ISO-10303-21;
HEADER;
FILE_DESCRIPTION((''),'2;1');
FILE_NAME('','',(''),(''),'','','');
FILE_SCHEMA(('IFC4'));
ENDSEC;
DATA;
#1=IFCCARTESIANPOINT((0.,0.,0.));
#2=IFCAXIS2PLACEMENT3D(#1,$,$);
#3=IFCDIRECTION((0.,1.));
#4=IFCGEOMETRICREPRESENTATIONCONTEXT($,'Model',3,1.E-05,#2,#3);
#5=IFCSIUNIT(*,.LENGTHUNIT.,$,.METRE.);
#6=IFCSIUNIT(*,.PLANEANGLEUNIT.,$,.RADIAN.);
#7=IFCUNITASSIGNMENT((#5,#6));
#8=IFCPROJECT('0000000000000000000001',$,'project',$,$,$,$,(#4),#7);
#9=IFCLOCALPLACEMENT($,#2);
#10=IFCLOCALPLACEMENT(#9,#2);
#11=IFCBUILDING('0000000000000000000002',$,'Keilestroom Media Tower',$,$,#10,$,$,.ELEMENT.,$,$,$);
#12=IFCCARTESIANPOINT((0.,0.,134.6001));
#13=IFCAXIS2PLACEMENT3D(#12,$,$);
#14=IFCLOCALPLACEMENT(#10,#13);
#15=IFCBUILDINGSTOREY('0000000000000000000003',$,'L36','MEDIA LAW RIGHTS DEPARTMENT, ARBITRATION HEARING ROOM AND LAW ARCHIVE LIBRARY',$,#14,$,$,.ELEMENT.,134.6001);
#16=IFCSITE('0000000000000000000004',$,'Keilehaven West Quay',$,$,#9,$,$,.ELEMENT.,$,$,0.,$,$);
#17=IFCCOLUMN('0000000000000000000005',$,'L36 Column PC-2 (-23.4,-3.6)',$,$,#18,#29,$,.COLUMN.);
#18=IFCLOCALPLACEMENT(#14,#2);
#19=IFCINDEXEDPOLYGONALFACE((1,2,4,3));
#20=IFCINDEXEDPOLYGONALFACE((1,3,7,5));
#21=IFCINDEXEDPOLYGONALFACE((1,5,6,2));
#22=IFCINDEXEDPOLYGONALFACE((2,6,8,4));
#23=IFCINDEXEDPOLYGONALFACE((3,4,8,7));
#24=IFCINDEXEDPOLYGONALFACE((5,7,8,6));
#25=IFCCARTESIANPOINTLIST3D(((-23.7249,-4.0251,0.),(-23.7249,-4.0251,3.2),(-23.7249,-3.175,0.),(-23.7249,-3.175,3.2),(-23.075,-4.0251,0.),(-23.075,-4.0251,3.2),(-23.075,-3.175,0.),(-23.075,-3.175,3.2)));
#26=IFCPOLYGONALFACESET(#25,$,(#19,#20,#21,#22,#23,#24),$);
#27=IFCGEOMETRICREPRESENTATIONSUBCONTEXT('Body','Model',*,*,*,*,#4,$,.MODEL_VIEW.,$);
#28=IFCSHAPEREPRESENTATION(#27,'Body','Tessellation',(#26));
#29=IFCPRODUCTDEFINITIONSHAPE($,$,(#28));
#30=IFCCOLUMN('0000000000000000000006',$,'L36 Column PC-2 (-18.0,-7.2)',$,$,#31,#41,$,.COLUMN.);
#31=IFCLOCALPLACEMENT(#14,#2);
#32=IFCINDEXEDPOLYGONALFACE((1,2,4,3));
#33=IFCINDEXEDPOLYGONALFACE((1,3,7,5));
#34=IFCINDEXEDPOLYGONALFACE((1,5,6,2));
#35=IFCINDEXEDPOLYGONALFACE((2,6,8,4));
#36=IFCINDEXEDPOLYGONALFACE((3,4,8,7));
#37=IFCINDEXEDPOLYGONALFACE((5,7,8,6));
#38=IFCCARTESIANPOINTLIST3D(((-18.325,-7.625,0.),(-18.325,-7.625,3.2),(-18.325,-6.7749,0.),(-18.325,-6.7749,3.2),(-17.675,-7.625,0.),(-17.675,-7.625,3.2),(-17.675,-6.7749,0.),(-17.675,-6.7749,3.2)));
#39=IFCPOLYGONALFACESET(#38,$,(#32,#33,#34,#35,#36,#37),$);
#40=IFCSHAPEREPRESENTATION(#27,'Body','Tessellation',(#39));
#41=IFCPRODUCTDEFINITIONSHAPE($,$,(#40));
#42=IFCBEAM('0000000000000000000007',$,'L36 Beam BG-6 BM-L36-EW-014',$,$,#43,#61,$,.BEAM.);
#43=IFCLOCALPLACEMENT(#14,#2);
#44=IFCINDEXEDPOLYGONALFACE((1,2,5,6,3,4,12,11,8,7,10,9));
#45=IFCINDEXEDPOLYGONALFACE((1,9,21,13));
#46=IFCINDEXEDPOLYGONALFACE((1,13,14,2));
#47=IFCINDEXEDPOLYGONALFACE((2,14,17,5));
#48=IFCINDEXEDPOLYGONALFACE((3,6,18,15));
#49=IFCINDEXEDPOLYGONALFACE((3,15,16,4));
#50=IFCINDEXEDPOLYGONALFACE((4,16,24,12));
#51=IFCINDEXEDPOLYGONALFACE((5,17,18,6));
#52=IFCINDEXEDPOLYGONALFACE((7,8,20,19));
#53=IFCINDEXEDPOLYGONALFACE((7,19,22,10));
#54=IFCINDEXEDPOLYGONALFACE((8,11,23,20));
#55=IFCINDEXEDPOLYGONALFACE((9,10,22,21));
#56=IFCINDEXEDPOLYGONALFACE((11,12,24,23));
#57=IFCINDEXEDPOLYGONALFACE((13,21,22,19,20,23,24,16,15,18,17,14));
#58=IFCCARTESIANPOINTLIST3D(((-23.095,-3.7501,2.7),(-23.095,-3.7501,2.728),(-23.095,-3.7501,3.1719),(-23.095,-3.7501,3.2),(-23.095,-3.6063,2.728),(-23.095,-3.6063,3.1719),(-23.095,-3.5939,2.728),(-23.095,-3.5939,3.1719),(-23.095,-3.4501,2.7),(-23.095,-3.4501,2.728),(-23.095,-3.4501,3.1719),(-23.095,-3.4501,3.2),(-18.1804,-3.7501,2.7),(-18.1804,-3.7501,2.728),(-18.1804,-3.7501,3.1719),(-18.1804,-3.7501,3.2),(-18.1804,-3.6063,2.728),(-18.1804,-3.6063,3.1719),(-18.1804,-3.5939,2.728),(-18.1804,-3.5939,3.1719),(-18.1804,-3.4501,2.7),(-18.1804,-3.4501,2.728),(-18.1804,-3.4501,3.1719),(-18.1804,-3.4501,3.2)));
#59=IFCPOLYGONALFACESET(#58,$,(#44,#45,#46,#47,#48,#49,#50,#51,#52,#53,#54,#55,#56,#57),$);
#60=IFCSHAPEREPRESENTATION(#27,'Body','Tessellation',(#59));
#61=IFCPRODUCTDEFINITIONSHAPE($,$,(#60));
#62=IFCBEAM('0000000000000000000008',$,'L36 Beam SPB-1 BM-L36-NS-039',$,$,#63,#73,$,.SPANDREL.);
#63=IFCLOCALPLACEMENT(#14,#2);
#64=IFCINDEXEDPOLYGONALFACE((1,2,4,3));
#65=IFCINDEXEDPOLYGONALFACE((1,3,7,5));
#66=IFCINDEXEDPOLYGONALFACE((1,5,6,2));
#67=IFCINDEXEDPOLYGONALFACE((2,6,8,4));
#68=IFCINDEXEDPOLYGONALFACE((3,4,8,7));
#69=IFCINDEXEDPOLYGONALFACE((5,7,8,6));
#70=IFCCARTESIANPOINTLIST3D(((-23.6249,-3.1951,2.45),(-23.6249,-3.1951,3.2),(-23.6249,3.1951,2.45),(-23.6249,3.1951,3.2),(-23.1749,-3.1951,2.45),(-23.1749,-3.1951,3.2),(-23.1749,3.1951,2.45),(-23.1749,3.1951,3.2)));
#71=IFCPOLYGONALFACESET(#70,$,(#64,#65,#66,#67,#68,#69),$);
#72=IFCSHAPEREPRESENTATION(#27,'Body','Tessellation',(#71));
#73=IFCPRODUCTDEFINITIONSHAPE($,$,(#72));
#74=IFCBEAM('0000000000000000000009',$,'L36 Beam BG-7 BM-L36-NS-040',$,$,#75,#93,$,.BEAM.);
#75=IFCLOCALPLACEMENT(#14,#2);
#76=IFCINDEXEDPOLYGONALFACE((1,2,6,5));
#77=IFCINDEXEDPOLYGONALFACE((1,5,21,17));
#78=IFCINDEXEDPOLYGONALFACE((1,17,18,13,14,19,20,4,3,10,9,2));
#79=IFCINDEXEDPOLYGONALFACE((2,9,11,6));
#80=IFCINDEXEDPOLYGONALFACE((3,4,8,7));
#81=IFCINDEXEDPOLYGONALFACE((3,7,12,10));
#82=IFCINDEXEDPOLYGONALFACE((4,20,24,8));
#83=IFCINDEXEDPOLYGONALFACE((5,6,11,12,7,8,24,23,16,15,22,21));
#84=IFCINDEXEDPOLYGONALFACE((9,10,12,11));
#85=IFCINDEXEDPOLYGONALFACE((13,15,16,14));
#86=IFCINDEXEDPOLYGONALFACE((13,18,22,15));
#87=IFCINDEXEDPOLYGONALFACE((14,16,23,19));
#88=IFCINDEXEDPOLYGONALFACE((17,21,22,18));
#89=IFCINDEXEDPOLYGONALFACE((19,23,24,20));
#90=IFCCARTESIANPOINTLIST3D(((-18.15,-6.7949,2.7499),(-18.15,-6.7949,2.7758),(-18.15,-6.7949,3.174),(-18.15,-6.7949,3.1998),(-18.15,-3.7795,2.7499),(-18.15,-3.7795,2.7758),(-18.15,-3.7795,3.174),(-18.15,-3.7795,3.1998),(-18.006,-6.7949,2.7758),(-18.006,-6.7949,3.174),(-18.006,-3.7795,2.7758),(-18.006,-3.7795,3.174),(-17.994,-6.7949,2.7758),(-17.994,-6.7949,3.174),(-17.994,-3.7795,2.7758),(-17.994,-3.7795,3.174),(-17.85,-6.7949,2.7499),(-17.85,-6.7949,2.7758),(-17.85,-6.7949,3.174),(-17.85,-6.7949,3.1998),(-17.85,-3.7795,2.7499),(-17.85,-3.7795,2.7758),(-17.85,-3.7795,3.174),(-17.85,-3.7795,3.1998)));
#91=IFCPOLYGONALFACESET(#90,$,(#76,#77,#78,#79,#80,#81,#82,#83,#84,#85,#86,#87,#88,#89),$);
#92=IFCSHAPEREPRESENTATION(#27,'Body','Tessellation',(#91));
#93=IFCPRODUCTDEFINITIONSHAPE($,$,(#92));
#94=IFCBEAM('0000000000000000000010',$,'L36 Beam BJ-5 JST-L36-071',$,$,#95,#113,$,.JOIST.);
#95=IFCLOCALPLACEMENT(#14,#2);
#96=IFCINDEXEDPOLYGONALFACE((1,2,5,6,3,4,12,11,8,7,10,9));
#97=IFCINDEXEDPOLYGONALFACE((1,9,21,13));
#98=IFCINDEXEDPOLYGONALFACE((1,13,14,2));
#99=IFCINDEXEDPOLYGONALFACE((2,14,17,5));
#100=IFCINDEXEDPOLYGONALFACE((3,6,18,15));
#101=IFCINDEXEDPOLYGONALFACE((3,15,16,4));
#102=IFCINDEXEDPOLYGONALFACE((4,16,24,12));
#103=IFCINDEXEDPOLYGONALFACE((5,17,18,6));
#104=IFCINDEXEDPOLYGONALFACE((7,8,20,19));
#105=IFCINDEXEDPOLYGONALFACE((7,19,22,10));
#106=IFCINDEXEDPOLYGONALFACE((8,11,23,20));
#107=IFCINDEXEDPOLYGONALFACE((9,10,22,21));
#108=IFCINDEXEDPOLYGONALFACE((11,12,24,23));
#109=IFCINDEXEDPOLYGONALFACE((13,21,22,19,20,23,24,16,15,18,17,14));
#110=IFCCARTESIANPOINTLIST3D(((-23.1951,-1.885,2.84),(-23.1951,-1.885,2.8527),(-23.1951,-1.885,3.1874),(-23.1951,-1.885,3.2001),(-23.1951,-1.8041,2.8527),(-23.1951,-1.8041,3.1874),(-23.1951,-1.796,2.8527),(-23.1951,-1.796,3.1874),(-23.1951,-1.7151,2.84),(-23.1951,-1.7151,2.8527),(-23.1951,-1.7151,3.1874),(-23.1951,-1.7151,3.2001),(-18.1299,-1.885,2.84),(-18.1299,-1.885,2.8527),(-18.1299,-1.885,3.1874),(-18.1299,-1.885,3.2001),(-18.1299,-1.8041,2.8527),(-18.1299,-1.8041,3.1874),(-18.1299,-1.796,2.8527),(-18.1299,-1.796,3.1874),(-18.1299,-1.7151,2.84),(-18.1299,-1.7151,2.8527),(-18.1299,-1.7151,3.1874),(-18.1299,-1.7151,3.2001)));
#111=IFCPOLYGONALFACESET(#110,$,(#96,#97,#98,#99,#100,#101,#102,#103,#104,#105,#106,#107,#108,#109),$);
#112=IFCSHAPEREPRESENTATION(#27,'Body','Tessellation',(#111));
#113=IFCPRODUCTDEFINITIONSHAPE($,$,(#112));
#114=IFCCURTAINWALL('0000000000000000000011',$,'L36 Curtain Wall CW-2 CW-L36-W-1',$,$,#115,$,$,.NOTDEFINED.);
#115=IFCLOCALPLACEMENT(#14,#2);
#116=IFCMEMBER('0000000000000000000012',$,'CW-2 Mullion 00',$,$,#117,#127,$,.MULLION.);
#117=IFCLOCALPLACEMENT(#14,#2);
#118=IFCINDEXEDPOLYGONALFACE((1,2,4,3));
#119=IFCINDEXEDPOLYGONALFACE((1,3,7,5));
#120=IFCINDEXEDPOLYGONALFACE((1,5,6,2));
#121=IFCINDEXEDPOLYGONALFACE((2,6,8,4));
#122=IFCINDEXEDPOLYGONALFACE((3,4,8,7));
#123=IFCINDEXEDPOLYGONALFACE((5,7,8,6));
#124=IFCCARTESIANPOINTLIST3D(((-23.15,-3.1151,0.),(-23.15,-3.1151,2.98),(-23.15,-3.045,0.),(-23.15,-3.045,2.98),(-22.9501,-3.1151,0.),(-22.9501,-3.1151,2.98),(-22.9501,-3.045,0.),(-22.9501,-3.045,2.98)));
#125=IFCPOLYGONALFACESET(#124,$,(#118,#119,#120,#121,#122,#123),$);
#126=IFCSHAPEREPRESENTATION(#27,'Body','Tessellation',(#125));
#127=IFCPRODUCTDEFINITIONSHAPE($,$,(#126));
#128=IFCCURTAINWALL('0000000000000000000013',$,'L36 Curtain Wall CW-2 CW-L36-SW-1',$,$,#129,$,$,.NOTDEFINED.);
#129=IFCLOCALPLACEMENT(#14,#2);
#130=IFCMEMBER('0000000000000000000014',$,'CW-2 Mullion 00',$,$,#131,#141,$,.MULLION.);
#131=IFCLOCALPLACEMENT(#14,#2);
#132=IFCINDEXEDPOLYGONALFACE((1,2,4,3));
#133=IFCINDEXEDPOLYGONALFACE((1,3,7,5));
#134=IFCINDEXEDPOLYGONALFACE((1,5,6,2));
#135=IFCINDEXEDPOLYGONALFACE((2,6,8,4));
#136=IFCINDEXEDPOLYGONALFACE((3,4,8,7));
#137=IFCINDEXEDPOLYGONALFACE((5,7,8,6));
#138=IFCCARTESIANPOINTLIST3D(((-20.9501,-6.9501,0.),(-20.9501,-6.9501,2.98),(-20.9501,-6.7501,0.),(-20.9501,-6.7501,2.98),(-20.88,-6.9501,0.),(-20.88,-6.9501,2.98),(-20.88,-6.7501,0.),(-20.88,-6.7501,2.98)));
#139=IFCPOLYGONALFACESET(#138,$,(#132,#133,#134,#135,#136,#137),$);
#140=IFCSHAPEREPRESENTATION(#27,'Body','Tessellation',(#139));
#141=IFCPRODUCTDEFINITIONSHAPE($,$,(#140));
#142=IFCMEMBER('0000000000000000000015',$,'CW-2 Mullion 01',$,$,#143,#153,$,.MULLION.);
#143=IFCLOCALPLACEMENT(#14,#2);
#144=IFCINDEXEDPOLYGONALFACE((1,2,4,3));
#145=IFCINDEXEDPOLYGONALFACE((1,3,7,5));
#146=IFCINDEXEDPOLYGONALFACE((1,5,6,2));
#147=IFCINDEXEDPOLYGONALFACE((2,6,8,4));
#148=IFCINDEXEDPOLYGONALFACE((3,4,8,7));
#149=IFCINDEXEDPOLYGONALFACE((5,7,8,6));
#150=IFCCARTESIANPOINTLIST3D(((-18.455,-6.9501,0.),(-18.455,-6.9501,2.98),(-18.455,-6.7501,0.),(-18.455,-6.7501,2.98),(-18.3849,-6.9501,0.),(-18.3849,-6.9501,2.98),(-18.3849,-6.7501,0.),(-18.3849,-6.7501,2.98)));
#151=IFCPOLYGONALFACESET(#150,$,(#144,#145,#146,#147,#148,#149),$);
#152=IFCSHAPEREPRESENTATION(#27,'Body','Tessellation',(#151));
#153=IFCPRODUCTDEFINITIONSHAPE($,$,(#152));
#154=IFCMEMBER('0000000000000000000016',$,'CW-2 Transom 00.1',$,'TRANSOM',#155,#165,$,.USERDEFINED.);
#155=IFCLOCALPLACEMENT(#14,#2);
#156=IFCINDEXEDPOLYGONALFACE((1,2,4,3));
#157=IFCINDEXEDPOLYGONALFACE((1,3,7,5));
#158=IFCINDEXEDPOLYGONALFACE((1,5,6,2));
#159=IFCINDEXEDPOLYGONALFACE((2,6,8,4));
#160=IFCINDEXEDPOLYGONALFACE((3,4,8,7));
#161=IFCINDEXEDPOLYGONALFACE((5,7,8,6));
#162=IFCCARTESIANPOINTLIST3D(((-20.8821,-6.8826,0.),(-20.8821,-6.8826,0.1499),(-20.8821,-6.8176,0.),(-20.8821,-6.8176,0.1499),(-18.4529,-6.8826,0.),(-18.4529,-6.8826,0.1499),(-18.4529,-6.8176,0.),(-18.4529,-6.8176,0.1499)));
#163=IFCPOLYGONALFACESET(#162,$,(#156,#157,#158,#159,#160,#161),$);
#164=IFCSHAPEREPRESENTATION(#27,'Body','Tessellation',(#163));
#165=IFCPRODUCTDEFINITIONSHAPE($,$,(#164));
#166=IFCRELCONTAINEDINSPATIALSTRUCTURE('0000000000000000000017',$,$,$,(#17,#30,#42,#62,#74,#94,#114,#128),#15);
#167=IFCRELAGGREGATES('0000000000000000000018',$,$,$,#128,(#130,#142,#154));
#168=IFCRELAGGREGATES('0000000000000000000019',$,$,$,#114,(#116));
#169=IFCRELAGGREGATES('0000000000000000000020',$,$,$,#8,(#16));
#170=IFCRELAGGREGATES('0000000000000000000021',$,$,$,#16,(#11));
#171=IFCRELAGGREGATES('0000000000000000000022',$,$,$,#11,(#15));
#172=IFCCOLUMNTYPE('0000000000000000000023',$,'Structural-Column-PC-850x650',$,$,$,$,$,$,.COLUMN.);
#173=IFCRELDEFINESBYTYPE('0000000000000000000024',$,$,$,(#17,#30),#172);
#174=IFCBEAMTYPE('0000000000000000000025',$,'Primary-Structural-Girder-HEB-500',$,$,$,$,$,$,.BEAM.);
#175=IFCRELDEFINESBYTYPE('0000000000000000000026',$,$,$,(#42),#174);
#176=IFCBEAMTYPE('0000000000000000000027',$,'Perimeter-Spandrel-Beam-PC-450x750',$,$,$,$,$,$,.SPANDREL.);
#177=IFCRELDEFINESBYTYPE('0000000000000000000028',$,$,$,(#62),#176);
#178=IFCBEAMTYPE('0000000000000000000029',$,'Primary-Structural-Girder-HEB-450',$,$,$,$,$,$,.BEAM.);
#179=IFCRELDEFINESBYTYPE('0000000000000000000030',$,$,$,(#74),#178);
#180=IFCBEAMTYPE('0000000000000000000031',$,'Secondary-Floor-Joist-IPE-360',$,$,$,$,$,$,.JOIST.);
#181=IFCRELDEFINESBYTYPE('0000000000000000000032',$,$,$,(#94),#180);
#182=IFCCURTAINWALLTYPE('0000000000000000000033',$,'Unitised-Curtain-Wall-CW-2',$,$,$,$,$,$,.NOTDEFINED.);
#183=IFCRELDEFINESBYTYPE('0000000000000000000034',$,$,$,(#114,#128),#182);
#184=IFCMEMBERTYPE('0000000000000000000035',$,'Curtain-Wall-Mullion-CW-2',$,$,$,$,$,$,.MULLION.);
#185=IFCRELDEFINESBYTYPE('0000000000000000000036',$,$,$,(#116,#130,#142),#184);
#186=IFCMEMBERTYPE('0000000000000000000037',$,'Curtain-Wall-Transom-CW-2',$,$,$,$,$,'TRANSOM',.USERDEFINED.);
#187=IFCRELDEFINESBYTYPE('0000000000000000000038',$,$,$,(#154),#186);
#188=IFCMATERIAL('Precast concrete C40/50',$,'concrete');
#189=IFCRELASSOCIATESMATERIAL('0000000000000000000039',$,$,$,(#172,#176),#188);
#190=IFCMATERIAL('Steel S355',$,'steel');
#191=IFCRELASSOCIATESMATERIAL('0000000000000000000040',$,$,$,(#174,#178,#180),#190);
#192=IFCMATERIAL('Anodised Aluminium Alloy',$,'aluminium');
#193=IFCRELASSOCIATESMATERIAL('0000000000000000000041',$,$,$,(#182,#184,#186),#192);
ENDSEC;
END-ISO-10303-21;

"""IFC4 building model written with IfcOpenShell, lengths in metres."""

from ifc_helpers import new_model, si_unit, direction, frame, origin, origin_2d, place, context, subcontext, project, spatial, rectangle, i_section, extrude, source, transform, mapped, material, material_profile, profile_set, type_object, element, aggregate, save


model = new_model("IFC4")

# Units and contexts
model_context = context("Model", 3, precision=1e-05, world=origin(), true_north=direction((0.0, 1.0)))
body_context = subcontext(model_context, "Body", "Model", "MODEL_VIEW")
ifc_project = project(units=[si_unit("LENGTHUNIT", "METRE"), si_unit("PLANEANGLEUNIT", "RADIAN")], contexts=[model_context])

# Site, building, storey
site_placement = place(None, origin())
site = spatial("IfcSite", under=ifc_project, at=site_placement, Name="Keilehaven West Quay", CompositionType="ELEMENT", RefElevation=0.0)
building_placement = place(site_placement, origin())
building = spatial("IfcBuilding", under=site, at=building_placement, Name="Keilestroom Media Tower", CompositionType="ELEMENT")
storey_placement = place(building_placement, frame((0.0, 0.0, 134.6001)))
storey = spatial("IfcBuildingStorey", under=building, at=storey_placement, Name="L36", Description="MEDIA LAW RIGHTS DEPARTMENT, ARBITRATION HEARING ROOM AND LAW ARCHIVE LIBRARY", CompositionType="ELEMENT", Elevation=134.6001)

# Columns
ifc_material_1 = material(Name="Precast concrete C40/50", Category="concrete")
ifc_material_profile_1 = material_profile(ifc_material_1, rectangle(XDim=0.6499, YDim=0.8501, at=origin_2d()), Name="PC 850x650")
ifc_profile_set_1 = profile_set([ifc_material_profile_1], Name="Precast concrete C40/50")
column_type = type_object("IfcColumnType", Name="Structural-Column-PC-850x650", PredefinedType="COLUMN", material=ifc_profile_set_1)
shared_shape_1 = source(origin(), body_context, "Body", "SweptSolid", [
    extrude(rectangle(XDim=0.6499, YDim=0.8501, at=origin_2d()), origin(), (0.0, 0.0, 1.0), 3.2),
])
for number, where, z_axis, x_axis, name in (
    (1, (-23.3999, -3.6001, 0.0), (0.0, 0.0, 1.0), (1.0, 0.0, 0.0), "L36 Column PC-2 (-23.4,-3.6)"),
    (2, (-18.0, -7.2, 0.0), (0.0, 0.0, 1.0), (1.0, 0.0, 0.0), "L36 Column PC-2 (-18.0,-7.2)"),
):
    element("IfcColumn", number, at=place(storey_placement, frame(where, z_axis=z_axis, x_axis=x_axis)), inside=storey, type_object=column_type, Name=name, PredefinedType="COLUMN", context=body_context, shape_type="MappedRepresentation", body=[
        mapped(shared_shape_1, transform((0.0, 0.0, 0.0), x_axis=(1.0, 0.0, 0.0), y_axis=(0.0, 1.0, 0.0), z_axis=(0.0, 0.0, 1.0), scale=1.0)),
    ])

# Beams
ifc_material_2 = material(Name="Steel S355", Category="steel")
ifc_material_profile_2 = material_profile(ifc_material_2, i_section(OverallWidth=0.3, OverallDepth=0.5, WebThickness=0.0125, FlangeThickness=0.0281, at=origin_2d()), Name="HEB 500")
ifc_profile_set_2 = profile_set([ifc_material_profile_2], Name="Steel S355")
beam_type_1 = type_object("IfcBeamType", Name="Primary-Structural-Girder-HEB-500", PredefinedType="BEAM", material=ifc_profile_set_2)
shared_shape_2 = source(origin(), body_context, "Body", "SweptSolid", [
    extrude(i_section(OverallWidth=0.3, OverallDepth=0.5, WebThickness=0.0125, FlangeThickness=0.0281, at=origin_2d()), origin(), (0.0, 0.0, 1.0), 4.9146),
])
beam_1_placement = place(storey_placement, frame((-23.095, -3.6001, 2.95), z_axis=(1.0, 0.0, 0.0), x_axis=(0.0, 1.0, 0.0)))
element("IfcBeam", 3, at=beam_1_placement, inside=storey, type_object=beam_type_1, Name="L36 Beam BG-6 BM-L36-EW-014", PredefinedType="BEAM", context=body_context, shape_type="MappedRepresentation", body=[
    mapped(shared_shape_2, transform((0.0, 0.0, 0.0), x_axis=(1.0, 0.0, 0.0), y_axis=(0.0, 1.0, 0.0), z_axis=(0.0, 0.0, 1.0), scale=1.0)),
])
ifc_material_profile_3 = material_profile(ifc_material_1, rectangle(XDim=0.45, YDim=0.75, at=origin_2d()), Name="PC 450x750")
ifc_profile_set_3 = profile_set([ifc_material_profile_3], Name="Precast concrete C40/50")
beam_type_2 = type_object("IfcBeamType", Name="Perimeter-Spandrel-Beam-PC-450x750", PredefinedType="SPANDREL", material=ifc_profile_set_3)
shared_shape_3 = source(origin(), body_context, "Body", "SweptSolid", [
    extrude(rectangle(XDim=0.45, YDim=0.75, at=origin_2d()), origin(), (0.0, 0.0, 1.0), 6.3901),
])
beam_2_placement = place(storey_placement, frame((-23.3999, -3.1951, 2.825), z_axis=(0.0, 1.0, 0.0), x_axis=(-1.0, 0.0, 0.0)))
element("IfcBeam", 4, at=beam_2_placement, inside=storey, type_object=beam_type_2, Name="L36 Beam SPB-1 BM-L36-NS-039", PredefinedType="SPANDREL", context=body_context, shape_type="MappedRepresentation", body=[
    mapped(shared_shape_3, transform((0.0, 0.0, 0.0), x_axis=(1.0, 0.0, 0.0), y_axis=(0.0, 1.0, 0.0), z_axis=(0.0, 0.0, 1.0), scale=1.0)),
])
ifc_material_profile_4 = material_profile(ifc_material_2, i_section(OverallWidth=0.3, OverallDepth=0.45, WebThickness=0.012, FlangeThickness=0.0259, at=origin_2d()), Name="HEB 450")
ifc_profile_set_4 = profile_set([ifc_material_profile_4], Name="Steel S355")
beam_type_3 = type_object("IfcBeamType", Name="Primary-Structural-Girder-HEB-450", PredefinedType="BEAM", material=ifc_profile_set_4)
shared_shape_4 = source(origin(), body_context, "Body", "SweptSolid", [
    extrude(i_section(OverallWidth=0.3, OverallDepth=0.45, WebThickness=0.012, FlangeThickness=0.0259, at=origin_2d()), origin(), (0.0, 0.0, 1.0), 3.0154),
])
beam_3_placement = place(storey_placement, frame((-18.0, -6.7949, 2.9749), z_axis=(0.0, 1.0, 0.0), x_axis=(-1.0, 0.0, 0.0)))
element("IfcBeam", 5, at=beam_3_placement, inside=storey, type_object=beam_type_3, Name="L36 Beam BG-7 BM-L36-NS-040", PredefinedType="BEAM", context=body_context, shape_type="MappedRepresentation", body=[
    mapped(shared_shape_4, transform((0.0, 0.0, 0.0), x_axis=(1.0, 0.0, 0.0), y_axis=(0.0, 1.0, 0.0), z_axis=(0.0, 0.0, 1.0), scale=1.0)),
])
ifc_material_profile_5 = material_profile(ifc_material_2, i_section(OverallWidth=0.1699, OverallDepth=0.3601, WebThickness=0.0081, FlangeThickness=0.0127, at=origin_2d()), Name="IPE 360")
ifc_profile_set_5 = profile_set([ifc_material_profile_5], Name="Steel S355")
beam_type_4 = type_object("IfcBeamType", Name="Secondary-Floor-Joist-IPE-360", PredefinedType="JOIST", material=ifc_profile_set_5)
shared_shape_5 = source(origin(), body_context, "Body", "SweptSolid", [
    extrude(i_section(OverallWidth=0.1699, OverallDepth=0.3601, WebThickness=0.0081, FlangeThickness=0.0127, at=origin_2d()), origin(), (0.0, 0.0, 1.0), 5.0652),
])
beam_4_placement = place(storey_placement, frame((-23.1951, -1.8, 3.02), z_axis=(1.0, 0.0, 0.0), x_axis=(0.0, 1.0, 0.0)))
element("IfcBeam", 6, at=beam_4_placement, inside=storey, type_object=beam_type_4, Name="L36 Beam BJ-5 JST-L36-071", PredefinedType="JOIST", context=body_context, shape_type="MappedRepresentation", body=[
    mapped(shared_shape_5, transform((0.0, 0.0, 0.0), x_axis=(1.0, 0.0, 0.0), y_axis=(0.0, 1.0, 0.0), z_axis=(0.0, 0.0, 1.0), scale=1.0)),
])

# Curtain wall, member
ifc_material_3 = material(Name="Anodised Aluminium Alloy", Category="aluminium")
curtain_wall_type = type_object("IfcCurtainWallType", Name="Unitised-Curtain-Wall-CW-2", PredefinedType="NOTDEFINED", material=ifc_material_3)
curtain_wall_1_placement = place(storey_placement, origin())
curtain_wall_1 = element("IfcCurtainWall", 7, at=curtain_wall_1_placement, inside=storey, type_object=curtain_wall_type, Name="L36 Curtain Wall CW-2 CW-L36-W-1", PredefinedType="NOTDEFINED")
ifc_material_profile_6 = material_profile(ifc_material_3, rectangle(XDim=0.0701, YDim=0.2, at=origin_2d()), Name="ALU MULLION 70x200")
ifc_profile_set_6 = profile_set([ifc_material_profile_6], Name="Anodised Aluminium Alloy")
member_type_1 = type_object("IfcMemberType", Name="Curtain-Wall-Mullion-CW-2", PredefinedType="MULLION", material=ifc_profile_set_6)
shared_shape_6 = source(origin(), body_context, "Body", "SweptSolid", [
    extrude(rectangle(XDim=0.0701, YDim=0.2, at=origin_2d()), origin(), (0.0, 0.0, 1.0), 2.98),
])
member_1_placement = place(storey_placement, frame((-23.05, -3.0801, 0.0), z_axis=(0.0, 0.0, 1.0), x_axis=(0.0, 1.0, 0.0)))
member_1 = element("IfcMember", 8, at=member_1_placement, type_object=member_type_1, Name="CW-2 Mullion 00", PredefinedType="MULLION", context=body_context, shape_type="MappedRepresentation", body=[
    mapped(shared_shape_6, transform((0.0, 0.0, 0.0), x_axis=(1.0, 0.0, 0.0), y_axis=(0.0, 1.0, 0.0), z_axis=(0.0, 0.0, 1.0), scale=1.0)),
])

# Curtain wall, members
curtain_wall_2_placement = place(storey_placement, origin())
curtain_wall_2 = element("IfcCurtainWall", 9, at=curtain_wall_2_placement, inside=storey, type_object=curtain_wall_type, Name="L36 Curtain Wall CW-2 CW-L36-SW-1", PredefinedType="NOTDEFINED")
member_2_placement = place(storey_placement, frame((-20.915, -6.8501, 0.0), z_axis=(0.0, 0.0, 1.0), x_axis=(1.0, 0.0, 0.0)))
member_2 = element("IfcMember", 10, at=member_2_placement, type_object=member_type_1, Name="CW-2 Mullion 00", PredefinedType="MULLION", context=body_context, shape_type="MappedRepresentation", body=[
    mapped(shared_shape_6, transform((0.0, 0.0, 0.0), x_axis=(1.0, 0.0, 0.0), y_axis=(0.0, 1.0, 0.0), z_axis=(0.0, 0.0, 1.0), scale=1.0)),
])
member_3_placement = place(storey_placement, frame((-18.4199, -6.8501, 0.0), z_axis=(0.0, 0.0, 1.0), x_axis=(1.0, 0.0, 0.0)))
member_3 = element("IfcMember", 11, at=member_3_placement, type_object=member_type_1, Name="CW-2 Mullion 01", PredefinedType="MULLION", context=body_context, shape_type="MappedRepresentation", body=[
    mapped(shared_shape_6, transform((0.0, 0.0, 0.0), x_axis=(1.0, 0.0, 0.0), y_axis=(0.0, 1.0, 0.0), z_axis=(0.0, 0.0, 1.0), scale=1.0)),
])
ifc_material_profile_7 = material_profile(ifc_material_3, rectangle(XDim=0.0649, YDim=0.1499, at=origin_2d()), Name="ALU TRANSOM 65x150")
ifc_profile_set_7 = profile_set([ifc_material_profile_7], Name="Anodised Aluminium Alloy")
member_type_2 = type_object("IfcMemberType", Name="Curtain-Wall-Transom-CW-2", ElementType="TRANSOM", PredefinedType="USERDEFINED", material=ifc_profile_set_7)
shared_shape_7 = source(origin(), body_context, "Body", "SweptSolid", [
    extrude(rectangle(XDim=0.0649, YDim=0.1499, at=origin_2d()), origin(), (0.0, 0.0, 1.0), 2.4292),
])
member_4_placement = place(storey_placement, frame((-20.8821, -6.8501, 0.075), z_axis=(1.0, 0.0, 0.0), x_axis=(0.0, 1.0, 0.0)))
member_4 = element("IfcMember", 12, at=member_4_placement, type_object=member_type_2, Name="CW-2 Transom 00.1", ObjectType="TRANSOM", PredefinedType="USERDEFINED", context=body_context, shape_type="MappedRepresentation", body=[
    mapped(shared_shape_7, transform((0.0, 0.0, 0.0), x_axis=(1.0, 0.0, 0.0), y_axis=(0.0, 1.0, 0.0), z_axis=(0.0, 0.0, 1.0), scale=1.0)),
])

aggregate(curtain_wall_2, [member_2, member_3, member_4])
aggregate(curtain_wall_1, [member_1])

save(model, "model.ifc")
